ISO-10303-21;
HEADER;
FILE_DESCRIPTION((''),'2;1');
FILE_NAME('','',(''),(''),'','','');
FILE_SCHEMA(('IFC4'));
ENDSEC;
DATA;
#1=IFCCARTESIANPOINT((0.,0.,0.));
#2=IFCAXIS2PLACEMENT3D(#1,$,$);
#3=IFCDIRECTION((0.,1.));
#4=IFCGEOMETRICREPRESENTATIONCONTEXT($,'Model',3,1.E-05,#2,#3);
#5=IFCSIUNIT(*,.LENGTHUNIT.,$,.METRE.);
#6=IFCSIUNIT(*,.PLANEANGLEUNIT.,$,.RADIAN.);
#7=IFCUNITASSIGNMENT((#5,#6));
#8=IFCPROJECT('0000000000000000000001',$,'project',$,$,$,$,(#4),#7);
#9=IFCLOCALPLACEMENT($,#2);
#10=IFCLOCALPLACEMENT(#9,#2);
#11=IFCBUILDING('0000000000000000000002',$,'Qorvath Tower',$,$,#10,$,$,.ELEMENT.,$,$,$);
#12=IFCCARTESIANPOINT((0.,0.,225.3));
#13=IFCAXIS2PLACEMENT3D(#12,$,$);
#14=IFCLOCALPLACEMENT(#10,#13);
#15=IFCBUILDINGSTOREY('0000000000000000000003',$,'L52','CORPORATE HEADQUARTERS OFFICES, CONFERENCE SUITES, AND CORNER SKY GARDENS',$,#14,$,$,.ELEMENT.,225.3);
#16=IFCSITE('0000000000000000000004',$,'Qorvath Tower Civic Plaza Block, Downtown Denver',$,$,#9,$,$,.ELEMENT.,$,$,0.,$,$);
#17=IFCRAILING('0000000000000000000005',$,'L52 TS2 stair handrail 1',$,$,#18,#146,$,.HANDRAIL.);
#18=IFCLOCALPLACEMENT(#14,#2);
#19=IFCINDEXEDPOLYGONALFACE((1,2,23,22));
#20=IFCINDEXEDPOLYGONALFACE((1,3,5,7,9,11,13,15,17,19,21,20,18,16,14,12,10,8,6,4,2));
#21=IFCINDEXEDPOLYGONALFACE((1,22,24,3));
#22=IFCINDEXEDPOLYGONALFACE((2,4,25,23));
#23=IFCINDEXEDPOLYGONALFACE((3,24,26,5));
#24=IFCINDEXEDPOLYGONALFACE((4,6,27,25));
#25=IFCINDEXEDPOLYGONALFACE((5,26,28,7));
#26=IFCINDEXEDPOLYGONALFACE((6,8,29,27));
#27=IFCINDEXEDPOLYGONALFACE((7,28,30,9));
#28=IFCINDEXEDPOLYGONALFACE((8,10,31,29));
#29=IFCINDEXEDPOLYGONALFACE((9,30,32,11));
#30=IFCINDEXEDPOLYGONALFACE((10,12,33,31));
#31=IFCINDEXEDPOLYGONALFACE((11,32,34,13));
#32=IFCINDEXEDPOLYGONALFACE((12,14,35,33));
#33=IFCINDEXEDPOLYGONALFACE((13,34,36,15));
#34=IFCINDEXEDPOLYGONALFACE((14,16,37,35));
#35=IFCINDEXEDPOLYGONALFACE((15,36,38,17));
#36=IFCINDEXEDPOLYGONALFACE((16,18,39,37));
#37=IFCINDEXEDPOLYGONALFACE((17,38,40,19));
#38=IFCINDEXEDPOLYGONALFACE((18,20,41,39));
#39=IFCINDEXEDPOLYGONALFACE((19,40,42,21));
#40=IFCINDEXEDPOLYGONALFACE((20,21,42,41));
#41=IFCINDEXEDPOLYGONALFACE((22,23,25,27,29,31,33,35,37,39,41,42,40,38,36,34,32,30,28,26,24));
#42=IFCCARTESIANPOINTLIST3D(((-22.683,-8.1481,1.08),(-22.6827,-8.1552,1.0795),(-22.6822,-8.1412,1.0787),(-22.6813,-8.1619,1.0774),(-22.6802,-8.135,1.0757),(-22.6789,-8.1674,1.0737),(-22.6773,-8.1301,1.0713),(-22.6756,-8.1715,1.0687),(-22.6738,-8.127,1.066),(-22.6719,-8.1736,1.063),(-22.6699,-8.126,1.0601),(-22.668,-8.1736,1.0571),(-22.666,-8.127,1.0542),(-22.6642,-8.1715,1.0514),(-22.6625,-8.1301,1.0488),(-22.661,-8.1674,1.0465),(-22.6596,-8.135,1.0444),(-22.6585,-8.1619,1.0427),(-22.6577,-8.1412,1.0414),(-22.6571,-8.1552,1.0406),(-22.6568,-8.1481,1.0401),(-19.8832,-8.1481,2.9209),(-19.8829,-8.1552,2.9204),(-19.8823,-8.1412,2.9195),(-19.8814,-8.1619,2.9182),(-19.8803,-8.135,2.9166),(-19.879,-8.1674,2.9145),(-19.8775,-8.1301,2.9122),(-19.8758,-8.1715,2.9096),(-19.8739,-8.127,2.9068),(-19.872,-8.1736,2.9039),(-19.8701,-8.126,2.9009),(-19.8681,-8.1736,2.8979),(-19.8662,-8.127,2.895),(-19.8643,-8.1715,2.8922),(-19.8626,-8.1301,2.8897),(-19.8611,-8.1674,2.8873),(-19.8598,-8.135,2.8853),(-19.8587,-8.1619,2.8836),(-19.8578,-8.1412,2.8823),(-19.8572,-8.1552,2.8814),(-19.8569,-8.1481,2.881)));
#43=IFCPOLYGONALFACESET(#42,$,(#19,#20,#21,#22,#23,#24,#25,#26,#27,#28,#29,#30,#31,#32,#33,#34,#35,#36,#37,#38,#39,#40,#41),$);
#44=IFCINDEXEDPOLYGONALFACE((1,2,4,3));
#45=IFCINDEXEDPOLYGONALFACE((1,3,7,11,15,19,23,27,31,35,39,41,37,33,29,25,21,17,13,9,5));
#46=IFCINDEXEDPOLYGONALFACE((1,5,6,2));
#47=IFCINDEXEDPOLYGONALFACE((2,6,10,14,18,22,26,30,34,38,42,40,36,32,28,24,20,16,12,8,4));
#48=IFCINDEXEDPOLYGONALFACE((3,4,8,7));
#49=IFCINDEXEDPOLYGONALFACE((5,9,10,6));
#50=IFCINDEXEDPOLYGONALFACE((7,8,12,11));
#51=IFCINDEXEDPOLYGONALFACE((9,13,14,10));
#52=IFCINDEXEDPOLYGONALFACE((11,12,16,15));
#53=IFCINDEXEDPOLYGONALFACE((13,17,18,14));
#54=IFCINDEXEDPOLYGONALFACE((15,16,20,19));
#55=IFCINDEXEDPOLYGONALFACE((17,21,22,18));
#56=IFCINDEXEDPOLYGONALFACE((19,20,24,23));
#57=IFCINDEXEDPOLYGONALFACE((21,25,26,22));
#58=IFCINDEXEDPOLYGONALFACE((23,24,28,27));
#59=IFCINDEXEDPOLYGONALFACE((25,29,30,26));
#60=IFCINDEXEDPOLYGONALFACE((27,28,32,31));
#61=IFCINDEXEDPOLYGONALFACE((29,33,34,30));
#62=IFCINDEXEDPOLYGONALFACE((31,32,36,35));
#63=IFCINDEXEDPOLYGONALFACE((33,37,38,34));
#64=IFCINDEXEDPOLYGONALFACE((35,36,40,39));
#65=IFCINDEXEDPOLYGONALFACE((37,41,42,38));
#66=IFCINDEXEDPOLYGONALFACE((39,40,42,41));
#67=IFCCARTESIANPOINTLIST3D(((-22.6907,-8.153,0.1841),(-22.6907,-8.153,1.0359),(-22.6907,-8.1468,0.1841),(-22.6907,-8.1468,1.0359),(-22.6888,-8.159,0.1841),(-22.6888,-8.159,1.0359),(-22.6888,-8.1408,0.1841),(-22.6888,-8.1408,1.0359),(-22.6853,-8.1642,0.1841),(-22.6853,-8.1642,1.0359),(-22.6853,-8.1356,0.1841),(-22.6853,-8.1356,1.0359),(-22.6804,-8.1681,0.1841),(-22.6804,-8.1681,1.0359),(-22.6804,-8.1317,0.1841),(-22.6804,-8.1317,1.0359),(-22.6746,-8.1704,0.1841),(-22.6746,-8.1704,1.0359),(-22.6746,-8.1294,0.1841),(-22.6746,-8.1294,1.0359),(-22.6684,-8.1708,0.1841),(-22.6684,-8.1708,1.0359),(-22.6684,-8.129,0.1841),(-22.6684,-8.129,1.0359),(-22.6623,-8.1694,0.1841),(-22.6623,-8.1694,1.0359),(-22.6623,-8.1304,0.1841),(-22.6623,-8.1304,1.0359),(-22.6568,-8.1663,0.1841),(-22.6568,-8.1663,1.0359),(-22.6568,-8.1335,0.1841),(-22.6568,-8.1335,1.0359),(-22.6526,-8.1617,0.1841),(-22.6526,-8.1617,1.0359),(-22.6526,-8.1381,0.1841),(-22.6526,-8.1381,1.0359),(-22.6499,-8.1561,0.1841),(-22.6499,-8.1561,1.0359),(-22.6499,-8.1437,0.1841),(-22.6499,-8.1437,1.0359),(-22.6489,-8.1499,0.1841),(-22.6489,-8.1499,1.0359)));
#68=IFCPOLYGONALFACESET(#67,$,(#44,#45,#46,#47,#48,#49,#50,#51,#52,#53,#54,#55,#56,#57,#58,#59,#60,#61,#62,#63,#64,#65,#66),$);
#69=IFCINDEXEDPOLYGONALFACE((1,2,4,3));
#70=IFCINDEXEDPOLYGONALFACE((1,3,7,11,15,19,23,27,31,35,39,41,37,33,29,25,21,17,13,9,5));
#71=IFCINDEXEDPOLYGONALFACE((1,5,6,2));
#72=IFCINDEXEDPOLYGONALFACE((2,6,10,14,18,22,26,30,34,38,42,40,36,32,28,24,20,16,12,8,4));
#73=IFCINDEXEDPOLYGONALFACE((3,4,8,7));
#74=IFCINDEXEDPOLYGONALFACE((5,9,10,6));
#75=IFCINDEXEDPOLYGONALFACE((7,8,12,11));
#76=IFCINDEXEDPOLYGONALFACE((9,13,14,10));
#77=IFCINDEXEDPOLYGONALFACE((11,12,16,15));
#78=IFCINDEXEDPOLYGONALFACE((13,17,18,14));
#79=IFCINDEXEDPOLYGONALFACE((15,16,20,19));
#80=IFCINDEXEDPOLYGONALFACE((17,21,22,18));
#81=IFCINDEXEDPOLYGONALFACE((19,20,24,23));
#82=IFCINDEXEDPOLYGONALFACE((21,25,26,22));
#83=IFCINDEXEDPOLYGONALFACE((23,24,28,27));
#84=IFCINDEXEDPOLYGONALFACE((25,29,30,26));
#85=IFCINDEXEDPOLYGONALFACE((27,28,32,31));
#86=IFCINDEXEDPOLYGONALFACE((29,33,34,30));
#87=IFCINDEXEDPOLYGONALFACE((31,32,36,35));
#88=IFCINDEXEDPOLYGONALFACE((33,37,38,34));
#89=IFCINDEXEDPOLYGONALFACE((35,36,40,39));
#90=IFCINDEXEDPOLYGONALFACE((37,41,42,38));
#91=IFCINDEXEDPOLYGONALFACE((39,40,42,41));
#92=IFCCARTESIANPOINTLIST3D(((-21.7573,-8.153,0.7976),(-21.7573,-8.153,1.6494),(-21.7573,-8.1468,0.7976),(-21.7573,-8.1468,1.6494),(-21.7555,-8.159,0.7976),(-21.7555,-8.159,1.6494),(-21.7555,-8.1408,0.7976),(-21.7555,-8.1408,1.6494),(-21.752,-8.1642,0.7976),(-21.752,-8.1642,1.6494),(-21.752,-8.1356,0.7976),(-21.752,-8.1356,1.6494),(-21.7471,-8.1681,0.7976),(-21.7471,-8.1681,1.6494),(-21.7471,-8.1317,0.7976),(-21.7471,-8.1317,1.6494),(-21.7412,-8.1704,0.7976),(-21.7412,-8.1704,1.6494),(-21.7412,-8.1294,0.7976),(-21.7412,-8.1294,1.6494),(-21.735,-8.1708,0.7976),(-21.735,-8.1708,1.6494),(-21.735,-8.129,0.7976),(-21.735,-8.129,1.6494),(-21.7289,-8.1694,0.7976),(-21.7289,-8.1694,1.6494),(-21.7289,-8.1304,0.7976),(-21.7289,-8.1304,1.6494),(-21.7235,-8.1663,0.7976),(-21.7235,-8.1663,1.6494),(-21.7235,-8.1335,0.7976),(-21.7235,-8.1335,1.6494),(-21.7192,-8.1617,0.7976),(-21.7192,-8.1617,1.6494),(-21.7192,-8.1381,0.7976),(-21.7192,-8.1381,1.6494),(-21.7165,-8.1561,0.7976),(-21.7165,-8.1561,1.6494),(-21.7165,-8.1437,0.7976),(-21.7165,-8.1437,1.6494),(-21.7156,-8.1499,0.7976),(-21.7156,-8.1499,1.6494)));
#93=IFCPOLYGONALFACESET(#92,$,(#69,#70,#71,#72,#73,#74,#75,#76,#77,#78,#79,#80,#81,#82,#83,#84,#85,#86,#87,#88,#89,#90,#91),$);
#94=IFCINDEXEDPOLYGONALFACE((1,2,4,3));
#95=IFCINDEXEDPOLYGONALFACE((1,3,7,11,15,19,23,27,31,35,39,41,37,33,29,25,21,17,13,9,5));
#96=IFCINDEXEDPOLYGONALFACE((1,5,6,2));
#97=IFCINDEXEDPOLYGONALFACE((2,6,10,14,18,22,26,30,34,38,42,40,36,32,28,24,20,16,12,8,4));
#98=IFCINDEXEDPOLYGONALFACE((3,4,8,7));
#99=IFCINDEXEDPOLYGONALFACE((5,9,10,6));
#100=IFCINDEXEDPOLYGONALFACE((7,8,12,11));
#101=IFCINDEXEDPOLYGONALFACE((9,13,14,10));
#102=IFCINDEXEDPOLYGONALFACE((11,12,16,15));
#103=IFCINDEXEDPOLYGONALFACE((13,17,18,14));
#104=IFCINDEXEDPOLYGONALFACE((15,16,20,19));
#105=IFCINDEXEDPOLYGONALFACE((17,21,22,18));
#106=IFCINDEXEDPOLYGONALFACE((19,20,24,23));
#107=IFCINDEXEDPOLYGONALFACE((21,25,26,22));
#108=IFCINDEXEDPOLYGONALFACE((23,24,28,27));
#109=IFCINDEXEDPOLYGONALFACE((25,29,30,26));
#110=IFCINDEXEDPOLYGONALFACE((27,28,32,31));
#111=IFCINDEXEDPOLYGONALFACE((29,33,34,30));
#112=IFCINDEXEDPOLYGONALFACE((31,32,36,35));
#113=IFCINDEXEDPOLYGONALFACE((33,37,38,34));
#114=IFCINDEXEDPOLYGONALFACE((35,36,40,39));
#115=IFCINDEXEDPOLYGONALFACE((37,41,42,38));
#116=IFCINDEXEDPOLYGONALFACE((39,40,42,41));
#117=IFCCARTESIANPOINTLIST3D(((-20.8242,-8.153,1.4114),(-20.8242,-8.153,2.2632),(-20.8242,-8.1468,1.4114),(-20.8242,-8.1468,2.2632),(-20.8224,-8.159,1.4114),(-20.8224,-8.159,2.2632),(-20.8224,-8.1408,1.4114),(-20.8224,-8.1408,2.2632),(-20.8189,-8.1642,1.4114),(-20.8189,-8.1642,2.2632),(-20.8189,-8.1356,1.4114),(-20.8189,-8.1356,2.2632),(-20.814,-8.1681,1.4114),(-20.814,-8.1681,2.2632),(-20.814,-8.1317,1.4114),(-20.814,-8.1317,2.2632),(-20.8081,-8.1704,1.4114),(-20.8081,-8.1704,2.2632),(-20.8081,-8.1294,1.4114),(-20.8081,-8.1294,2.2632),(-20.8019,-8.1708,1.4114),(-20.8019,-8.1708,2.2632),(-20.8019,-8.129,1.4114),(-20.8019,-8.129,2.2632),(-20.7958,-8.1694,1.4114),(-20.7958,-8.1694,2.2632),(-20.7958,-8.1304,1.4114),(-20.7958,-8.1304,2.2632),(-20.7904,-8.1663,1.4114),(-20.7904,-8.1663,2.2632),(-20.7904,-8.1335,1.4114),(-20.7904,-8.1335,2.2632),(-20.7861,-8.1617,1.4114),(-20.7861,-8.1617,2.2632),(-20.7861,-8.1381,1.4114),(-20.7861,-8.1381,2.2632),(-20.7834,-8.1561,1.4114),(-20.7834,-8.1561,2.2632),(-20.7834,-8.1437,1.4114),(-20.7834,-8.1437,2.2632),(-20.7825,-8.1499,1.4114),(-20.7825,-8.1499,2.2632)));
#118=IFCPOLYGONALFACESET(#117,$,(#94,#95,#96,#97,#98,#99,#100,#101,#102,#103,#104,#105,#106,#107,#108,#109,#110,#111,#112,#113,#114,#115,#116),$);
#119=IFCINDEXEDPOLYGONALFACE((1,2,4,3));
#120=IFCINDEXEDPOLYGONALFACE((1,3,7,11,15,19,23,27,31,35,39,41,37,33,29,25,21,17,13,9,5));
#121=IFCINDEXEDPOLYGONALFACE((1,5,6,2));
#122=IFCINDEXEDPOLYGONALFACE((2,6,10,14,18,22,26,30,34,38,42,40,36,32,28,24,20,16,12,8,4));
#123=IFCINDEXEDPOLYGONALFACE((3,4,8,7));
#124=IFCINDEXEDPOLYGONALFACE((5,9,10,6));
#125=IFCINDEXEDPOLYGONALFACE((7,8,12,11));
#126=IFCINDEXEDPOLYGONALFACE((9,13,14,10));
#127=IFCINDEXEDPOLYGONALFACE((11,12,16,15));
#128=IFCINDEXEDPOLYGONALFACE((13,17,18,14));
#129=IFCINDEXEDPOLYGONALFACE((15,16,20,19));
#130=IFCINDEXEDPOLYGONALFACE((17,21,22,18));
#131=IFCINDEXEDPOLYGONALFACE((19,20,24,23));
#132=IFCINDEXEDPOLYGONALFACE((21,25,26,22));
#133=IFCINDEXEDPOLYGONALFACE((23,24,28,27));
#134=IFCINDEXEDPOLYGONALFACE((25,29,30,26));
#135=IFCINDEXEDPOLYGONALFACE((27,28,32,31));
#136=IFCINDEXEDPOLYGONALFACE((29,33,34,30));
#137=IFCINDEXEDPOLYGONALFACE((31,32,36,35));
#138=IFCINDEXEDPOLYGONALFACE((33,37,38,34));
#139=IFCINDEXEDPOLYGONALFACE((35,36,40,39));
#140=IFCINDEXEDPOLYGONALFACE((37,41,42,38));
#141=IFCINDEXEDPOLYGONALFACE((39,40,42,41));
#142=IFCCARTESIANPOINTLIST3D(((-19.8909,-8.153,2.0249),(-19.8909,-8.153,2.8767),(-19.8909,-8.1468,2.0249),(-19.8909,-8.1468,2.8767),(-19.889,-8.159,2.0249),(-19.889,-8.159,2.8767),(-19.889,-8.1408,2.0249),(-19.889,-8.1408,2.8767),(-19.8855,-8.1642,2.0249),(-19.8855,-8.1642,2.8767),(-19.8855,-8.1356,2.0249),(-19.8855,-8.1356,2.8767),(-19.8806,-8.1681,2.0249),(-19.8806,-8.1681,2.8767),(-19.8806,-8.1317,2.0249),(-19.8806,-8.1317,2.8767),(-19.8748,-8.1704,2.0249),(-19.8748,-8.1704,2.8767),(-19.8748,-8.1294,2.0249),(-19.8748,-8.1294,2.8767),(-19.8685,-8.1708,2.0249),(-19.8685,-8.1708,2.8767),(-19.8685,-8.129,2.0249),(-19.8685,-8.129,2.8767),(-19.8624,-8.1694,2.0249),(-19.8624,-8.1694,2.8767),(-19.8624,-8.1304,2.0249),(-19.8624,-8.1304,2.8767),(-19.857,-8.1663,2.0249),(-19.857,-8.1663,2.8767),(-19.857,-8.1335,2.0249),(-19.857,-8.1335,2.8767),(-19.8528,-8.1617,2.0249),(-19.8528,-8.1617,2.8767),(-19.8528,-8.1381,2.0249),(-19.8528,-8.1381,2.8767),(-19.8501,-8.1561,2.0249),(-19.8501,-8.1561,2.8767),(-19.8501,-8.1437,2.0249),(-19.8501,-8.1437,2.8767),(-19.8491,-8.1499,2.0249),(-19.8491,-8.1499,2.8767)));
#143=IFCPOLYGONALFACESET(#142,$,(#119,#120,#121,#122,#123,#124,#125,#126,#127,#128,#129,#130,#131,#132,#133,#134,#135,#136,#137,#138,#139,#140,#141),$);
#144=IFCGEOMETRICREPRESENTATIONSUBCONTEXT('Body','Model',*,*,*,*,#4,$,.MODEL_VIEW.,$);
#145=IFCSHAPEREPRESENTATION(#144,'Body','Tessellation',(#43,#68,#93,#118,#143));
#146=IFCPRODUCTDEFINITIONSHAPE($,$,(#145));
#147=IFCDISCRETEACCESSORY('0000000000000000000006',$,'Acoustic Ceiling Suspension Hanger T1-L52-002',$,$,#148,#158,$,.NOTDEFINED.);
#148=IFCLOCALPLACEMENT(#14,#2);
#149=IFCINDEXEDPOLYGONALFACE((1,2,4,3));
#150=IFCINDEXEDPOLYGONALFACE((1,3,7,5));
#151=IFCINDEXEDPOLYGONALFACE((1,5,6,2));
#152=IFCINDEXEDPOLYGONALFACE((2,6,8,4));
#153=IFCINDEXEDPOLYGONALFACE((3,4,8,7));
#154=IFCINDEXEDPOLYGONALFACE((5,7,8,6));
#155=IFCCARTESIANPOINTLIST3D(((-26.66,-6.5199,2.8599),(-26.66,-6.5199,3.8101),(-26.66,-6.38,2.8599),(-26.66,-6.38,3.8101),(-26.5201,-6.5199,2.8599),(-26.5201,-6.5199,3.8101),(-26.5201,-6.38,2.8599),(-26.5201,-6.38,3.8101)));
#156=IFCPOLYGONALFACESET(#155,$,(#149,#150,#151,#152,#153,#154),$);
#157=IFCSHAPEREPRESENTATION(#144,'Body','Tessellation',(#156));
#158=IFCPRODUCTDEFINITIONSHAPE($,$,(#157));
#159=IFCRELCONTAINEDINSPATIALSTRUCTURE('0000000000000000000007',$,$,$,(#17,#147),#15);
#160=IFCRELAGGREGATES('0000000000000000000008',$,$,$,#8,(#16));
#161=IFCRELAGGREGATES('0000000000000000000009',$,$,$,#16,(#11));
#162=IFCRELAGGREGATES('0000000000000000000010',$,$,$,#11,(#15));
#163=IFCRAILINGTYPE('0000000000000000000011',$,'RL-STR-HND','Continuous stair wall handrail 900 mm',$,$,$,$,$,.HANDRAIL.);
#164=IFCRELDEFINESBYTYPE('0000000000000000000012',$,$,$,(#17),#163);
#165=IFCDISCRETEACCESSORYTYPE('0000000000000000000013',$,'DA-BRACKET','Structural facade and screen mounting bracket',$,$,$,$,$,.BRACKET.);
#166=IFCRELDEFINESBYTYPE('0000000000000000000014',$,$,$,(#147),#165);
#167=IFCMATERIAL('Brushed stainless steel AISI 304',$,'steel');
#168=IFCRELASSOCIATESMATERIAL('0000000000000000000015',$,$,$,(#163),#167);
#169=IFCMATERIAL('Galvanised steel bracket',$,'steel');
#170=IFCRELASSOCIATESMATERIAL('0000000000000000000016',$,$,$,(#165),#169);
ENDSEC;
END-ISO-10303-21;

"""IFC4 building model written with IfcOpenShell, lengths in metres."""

from ifc_helpers import new_model, si_unit, direction, frame, origin, origin_2d, place, context, subcontext, project, spatial, rectangle, circle, extrude, material, type_object, element, save


model = new_model("IFC4")

# Units and contexts
model_context = context("Model", 3, precision=1e-05, world=origin(), true_north=direction((0.0, 1.0)))
body_context = subcontext(model_context, "Body", "Model", "MODEL_VIEW")
ifc_project = project(units=[si_unit("LENGTHUNIT", "METRE"), si_unit("PLANEANGLEUNIT", "RADIAN")], contexts=[model_context])

# Site, building, storey
site_placement = place(None, origin())
site = spatial("IfcSite", under=ifc_project, at=site_placement, Name="Qorvath Tower Civic Plaza Block, Downtown Denver", CompositionType="ELEMENT", RefElevation=0.0)
building_placement = place(site_placement, origin())
building = spatial("IfcBuilding", under=site, at=building_placement, Name="Qorvath Tower", CompositionType="ELEMENT")
storey_placement = place(building_placement, frame((0.0, 0.0, 225.3)))
storey = spatial("IfcBuildingStorey", under=building, at=storey_placement, Name="L52", Description="CORPORATE HEADQUARTERS OFFICES, CONFERENCE SUITES, AND CORNER SKY GARDENS", CompositionType="ELEMENT", Elevation=225.3)

# Railing
ifc_material_1 = material(Name="Brushed stainless steel AISI 304", Category="steel")
railing_type_1 = type_object("IfcRailingType", Name="RL-STR-HND", Description="Continuous stair wall handrail 900 mm", PredefinedType="HANDRAIL", material=ifc_material_1)
railing_1_placement = place(storey_placement, frame((-22.6699, -8.1499, 0.1841)))
element("IfcRailing", 1, at=railing_1_placement, inside=storey, type_object=railing_type_1, Name="L52 TS2 stair handrail 1", PredefinedType="HANDRAIL", context=body_context, shape_type="SweptSolid", body=[
    extrude(circle(Radius=0.0239, at=origin_2d()), frame((0.0, 0.0, 0.876), z_axis=(0.835576, 0.0, 0.549376), x_axis=(0.0, 1.0, 0.0)), (0.0, 0.0, 1.0), 3.3508),
    extrude(circle(Radius=0.021, at=origin_2d()), origin(), (0.0, 0.0, 1.0), 0.8518),
    extrude(circle(Radius=0.021, at=origin_2d()), frame((0.9333, 0.0, 0.6135)), (0.0, 0.0, 1.0), 0.8518),
    extrude(circle(Radius=0.021, at=origin_2d()), frame((1.8665, 0.0, 1.2273)), (0.0, 0.0, 1.0), 0.8518),
    extrude(circle(Radius=0.021, at=origin_2d()), frame((2.7998, 0.0, 1.8408)), (0.0, 0.0, 1.0), 0.8518),
])

# Discrete accessory
ifc_material_2 = material(Name="Galvanised steel bracket", Category="steel")
discrete_accessory_type = type_object("IfcDiscreteAccessoryType", Name="DA-BRACKET", Description="Structural facade and screen mounting bracket", PredefinedType="BRACKET", material=ifc_material_2)
discrete_accessory_placement = place(storey_placement, frame((-26.5901, -6.45, 2.8599), z_axis=(0.0, 0.0, 1.0), x_axis=(1.0, 0.0, 0.0)))
element("IfcDiscreteAccessory", 2, at=discrete_accessory_placement, inside=storey, type_object=discrete_accessory_type, Name="Acoustic Ceiling Suspension Hanger T1-L52-002", PredefinedType="NOTDEFINED", context=body_context, shape_type="SweptSolid", body=[
    extrude(rectangle(XDim=0.1399, YDim=0.1399, at=origin_2d()), origin(), (0.0, 0.0, 1.0), 0.9502),
])

save(model, "model.ifc")
